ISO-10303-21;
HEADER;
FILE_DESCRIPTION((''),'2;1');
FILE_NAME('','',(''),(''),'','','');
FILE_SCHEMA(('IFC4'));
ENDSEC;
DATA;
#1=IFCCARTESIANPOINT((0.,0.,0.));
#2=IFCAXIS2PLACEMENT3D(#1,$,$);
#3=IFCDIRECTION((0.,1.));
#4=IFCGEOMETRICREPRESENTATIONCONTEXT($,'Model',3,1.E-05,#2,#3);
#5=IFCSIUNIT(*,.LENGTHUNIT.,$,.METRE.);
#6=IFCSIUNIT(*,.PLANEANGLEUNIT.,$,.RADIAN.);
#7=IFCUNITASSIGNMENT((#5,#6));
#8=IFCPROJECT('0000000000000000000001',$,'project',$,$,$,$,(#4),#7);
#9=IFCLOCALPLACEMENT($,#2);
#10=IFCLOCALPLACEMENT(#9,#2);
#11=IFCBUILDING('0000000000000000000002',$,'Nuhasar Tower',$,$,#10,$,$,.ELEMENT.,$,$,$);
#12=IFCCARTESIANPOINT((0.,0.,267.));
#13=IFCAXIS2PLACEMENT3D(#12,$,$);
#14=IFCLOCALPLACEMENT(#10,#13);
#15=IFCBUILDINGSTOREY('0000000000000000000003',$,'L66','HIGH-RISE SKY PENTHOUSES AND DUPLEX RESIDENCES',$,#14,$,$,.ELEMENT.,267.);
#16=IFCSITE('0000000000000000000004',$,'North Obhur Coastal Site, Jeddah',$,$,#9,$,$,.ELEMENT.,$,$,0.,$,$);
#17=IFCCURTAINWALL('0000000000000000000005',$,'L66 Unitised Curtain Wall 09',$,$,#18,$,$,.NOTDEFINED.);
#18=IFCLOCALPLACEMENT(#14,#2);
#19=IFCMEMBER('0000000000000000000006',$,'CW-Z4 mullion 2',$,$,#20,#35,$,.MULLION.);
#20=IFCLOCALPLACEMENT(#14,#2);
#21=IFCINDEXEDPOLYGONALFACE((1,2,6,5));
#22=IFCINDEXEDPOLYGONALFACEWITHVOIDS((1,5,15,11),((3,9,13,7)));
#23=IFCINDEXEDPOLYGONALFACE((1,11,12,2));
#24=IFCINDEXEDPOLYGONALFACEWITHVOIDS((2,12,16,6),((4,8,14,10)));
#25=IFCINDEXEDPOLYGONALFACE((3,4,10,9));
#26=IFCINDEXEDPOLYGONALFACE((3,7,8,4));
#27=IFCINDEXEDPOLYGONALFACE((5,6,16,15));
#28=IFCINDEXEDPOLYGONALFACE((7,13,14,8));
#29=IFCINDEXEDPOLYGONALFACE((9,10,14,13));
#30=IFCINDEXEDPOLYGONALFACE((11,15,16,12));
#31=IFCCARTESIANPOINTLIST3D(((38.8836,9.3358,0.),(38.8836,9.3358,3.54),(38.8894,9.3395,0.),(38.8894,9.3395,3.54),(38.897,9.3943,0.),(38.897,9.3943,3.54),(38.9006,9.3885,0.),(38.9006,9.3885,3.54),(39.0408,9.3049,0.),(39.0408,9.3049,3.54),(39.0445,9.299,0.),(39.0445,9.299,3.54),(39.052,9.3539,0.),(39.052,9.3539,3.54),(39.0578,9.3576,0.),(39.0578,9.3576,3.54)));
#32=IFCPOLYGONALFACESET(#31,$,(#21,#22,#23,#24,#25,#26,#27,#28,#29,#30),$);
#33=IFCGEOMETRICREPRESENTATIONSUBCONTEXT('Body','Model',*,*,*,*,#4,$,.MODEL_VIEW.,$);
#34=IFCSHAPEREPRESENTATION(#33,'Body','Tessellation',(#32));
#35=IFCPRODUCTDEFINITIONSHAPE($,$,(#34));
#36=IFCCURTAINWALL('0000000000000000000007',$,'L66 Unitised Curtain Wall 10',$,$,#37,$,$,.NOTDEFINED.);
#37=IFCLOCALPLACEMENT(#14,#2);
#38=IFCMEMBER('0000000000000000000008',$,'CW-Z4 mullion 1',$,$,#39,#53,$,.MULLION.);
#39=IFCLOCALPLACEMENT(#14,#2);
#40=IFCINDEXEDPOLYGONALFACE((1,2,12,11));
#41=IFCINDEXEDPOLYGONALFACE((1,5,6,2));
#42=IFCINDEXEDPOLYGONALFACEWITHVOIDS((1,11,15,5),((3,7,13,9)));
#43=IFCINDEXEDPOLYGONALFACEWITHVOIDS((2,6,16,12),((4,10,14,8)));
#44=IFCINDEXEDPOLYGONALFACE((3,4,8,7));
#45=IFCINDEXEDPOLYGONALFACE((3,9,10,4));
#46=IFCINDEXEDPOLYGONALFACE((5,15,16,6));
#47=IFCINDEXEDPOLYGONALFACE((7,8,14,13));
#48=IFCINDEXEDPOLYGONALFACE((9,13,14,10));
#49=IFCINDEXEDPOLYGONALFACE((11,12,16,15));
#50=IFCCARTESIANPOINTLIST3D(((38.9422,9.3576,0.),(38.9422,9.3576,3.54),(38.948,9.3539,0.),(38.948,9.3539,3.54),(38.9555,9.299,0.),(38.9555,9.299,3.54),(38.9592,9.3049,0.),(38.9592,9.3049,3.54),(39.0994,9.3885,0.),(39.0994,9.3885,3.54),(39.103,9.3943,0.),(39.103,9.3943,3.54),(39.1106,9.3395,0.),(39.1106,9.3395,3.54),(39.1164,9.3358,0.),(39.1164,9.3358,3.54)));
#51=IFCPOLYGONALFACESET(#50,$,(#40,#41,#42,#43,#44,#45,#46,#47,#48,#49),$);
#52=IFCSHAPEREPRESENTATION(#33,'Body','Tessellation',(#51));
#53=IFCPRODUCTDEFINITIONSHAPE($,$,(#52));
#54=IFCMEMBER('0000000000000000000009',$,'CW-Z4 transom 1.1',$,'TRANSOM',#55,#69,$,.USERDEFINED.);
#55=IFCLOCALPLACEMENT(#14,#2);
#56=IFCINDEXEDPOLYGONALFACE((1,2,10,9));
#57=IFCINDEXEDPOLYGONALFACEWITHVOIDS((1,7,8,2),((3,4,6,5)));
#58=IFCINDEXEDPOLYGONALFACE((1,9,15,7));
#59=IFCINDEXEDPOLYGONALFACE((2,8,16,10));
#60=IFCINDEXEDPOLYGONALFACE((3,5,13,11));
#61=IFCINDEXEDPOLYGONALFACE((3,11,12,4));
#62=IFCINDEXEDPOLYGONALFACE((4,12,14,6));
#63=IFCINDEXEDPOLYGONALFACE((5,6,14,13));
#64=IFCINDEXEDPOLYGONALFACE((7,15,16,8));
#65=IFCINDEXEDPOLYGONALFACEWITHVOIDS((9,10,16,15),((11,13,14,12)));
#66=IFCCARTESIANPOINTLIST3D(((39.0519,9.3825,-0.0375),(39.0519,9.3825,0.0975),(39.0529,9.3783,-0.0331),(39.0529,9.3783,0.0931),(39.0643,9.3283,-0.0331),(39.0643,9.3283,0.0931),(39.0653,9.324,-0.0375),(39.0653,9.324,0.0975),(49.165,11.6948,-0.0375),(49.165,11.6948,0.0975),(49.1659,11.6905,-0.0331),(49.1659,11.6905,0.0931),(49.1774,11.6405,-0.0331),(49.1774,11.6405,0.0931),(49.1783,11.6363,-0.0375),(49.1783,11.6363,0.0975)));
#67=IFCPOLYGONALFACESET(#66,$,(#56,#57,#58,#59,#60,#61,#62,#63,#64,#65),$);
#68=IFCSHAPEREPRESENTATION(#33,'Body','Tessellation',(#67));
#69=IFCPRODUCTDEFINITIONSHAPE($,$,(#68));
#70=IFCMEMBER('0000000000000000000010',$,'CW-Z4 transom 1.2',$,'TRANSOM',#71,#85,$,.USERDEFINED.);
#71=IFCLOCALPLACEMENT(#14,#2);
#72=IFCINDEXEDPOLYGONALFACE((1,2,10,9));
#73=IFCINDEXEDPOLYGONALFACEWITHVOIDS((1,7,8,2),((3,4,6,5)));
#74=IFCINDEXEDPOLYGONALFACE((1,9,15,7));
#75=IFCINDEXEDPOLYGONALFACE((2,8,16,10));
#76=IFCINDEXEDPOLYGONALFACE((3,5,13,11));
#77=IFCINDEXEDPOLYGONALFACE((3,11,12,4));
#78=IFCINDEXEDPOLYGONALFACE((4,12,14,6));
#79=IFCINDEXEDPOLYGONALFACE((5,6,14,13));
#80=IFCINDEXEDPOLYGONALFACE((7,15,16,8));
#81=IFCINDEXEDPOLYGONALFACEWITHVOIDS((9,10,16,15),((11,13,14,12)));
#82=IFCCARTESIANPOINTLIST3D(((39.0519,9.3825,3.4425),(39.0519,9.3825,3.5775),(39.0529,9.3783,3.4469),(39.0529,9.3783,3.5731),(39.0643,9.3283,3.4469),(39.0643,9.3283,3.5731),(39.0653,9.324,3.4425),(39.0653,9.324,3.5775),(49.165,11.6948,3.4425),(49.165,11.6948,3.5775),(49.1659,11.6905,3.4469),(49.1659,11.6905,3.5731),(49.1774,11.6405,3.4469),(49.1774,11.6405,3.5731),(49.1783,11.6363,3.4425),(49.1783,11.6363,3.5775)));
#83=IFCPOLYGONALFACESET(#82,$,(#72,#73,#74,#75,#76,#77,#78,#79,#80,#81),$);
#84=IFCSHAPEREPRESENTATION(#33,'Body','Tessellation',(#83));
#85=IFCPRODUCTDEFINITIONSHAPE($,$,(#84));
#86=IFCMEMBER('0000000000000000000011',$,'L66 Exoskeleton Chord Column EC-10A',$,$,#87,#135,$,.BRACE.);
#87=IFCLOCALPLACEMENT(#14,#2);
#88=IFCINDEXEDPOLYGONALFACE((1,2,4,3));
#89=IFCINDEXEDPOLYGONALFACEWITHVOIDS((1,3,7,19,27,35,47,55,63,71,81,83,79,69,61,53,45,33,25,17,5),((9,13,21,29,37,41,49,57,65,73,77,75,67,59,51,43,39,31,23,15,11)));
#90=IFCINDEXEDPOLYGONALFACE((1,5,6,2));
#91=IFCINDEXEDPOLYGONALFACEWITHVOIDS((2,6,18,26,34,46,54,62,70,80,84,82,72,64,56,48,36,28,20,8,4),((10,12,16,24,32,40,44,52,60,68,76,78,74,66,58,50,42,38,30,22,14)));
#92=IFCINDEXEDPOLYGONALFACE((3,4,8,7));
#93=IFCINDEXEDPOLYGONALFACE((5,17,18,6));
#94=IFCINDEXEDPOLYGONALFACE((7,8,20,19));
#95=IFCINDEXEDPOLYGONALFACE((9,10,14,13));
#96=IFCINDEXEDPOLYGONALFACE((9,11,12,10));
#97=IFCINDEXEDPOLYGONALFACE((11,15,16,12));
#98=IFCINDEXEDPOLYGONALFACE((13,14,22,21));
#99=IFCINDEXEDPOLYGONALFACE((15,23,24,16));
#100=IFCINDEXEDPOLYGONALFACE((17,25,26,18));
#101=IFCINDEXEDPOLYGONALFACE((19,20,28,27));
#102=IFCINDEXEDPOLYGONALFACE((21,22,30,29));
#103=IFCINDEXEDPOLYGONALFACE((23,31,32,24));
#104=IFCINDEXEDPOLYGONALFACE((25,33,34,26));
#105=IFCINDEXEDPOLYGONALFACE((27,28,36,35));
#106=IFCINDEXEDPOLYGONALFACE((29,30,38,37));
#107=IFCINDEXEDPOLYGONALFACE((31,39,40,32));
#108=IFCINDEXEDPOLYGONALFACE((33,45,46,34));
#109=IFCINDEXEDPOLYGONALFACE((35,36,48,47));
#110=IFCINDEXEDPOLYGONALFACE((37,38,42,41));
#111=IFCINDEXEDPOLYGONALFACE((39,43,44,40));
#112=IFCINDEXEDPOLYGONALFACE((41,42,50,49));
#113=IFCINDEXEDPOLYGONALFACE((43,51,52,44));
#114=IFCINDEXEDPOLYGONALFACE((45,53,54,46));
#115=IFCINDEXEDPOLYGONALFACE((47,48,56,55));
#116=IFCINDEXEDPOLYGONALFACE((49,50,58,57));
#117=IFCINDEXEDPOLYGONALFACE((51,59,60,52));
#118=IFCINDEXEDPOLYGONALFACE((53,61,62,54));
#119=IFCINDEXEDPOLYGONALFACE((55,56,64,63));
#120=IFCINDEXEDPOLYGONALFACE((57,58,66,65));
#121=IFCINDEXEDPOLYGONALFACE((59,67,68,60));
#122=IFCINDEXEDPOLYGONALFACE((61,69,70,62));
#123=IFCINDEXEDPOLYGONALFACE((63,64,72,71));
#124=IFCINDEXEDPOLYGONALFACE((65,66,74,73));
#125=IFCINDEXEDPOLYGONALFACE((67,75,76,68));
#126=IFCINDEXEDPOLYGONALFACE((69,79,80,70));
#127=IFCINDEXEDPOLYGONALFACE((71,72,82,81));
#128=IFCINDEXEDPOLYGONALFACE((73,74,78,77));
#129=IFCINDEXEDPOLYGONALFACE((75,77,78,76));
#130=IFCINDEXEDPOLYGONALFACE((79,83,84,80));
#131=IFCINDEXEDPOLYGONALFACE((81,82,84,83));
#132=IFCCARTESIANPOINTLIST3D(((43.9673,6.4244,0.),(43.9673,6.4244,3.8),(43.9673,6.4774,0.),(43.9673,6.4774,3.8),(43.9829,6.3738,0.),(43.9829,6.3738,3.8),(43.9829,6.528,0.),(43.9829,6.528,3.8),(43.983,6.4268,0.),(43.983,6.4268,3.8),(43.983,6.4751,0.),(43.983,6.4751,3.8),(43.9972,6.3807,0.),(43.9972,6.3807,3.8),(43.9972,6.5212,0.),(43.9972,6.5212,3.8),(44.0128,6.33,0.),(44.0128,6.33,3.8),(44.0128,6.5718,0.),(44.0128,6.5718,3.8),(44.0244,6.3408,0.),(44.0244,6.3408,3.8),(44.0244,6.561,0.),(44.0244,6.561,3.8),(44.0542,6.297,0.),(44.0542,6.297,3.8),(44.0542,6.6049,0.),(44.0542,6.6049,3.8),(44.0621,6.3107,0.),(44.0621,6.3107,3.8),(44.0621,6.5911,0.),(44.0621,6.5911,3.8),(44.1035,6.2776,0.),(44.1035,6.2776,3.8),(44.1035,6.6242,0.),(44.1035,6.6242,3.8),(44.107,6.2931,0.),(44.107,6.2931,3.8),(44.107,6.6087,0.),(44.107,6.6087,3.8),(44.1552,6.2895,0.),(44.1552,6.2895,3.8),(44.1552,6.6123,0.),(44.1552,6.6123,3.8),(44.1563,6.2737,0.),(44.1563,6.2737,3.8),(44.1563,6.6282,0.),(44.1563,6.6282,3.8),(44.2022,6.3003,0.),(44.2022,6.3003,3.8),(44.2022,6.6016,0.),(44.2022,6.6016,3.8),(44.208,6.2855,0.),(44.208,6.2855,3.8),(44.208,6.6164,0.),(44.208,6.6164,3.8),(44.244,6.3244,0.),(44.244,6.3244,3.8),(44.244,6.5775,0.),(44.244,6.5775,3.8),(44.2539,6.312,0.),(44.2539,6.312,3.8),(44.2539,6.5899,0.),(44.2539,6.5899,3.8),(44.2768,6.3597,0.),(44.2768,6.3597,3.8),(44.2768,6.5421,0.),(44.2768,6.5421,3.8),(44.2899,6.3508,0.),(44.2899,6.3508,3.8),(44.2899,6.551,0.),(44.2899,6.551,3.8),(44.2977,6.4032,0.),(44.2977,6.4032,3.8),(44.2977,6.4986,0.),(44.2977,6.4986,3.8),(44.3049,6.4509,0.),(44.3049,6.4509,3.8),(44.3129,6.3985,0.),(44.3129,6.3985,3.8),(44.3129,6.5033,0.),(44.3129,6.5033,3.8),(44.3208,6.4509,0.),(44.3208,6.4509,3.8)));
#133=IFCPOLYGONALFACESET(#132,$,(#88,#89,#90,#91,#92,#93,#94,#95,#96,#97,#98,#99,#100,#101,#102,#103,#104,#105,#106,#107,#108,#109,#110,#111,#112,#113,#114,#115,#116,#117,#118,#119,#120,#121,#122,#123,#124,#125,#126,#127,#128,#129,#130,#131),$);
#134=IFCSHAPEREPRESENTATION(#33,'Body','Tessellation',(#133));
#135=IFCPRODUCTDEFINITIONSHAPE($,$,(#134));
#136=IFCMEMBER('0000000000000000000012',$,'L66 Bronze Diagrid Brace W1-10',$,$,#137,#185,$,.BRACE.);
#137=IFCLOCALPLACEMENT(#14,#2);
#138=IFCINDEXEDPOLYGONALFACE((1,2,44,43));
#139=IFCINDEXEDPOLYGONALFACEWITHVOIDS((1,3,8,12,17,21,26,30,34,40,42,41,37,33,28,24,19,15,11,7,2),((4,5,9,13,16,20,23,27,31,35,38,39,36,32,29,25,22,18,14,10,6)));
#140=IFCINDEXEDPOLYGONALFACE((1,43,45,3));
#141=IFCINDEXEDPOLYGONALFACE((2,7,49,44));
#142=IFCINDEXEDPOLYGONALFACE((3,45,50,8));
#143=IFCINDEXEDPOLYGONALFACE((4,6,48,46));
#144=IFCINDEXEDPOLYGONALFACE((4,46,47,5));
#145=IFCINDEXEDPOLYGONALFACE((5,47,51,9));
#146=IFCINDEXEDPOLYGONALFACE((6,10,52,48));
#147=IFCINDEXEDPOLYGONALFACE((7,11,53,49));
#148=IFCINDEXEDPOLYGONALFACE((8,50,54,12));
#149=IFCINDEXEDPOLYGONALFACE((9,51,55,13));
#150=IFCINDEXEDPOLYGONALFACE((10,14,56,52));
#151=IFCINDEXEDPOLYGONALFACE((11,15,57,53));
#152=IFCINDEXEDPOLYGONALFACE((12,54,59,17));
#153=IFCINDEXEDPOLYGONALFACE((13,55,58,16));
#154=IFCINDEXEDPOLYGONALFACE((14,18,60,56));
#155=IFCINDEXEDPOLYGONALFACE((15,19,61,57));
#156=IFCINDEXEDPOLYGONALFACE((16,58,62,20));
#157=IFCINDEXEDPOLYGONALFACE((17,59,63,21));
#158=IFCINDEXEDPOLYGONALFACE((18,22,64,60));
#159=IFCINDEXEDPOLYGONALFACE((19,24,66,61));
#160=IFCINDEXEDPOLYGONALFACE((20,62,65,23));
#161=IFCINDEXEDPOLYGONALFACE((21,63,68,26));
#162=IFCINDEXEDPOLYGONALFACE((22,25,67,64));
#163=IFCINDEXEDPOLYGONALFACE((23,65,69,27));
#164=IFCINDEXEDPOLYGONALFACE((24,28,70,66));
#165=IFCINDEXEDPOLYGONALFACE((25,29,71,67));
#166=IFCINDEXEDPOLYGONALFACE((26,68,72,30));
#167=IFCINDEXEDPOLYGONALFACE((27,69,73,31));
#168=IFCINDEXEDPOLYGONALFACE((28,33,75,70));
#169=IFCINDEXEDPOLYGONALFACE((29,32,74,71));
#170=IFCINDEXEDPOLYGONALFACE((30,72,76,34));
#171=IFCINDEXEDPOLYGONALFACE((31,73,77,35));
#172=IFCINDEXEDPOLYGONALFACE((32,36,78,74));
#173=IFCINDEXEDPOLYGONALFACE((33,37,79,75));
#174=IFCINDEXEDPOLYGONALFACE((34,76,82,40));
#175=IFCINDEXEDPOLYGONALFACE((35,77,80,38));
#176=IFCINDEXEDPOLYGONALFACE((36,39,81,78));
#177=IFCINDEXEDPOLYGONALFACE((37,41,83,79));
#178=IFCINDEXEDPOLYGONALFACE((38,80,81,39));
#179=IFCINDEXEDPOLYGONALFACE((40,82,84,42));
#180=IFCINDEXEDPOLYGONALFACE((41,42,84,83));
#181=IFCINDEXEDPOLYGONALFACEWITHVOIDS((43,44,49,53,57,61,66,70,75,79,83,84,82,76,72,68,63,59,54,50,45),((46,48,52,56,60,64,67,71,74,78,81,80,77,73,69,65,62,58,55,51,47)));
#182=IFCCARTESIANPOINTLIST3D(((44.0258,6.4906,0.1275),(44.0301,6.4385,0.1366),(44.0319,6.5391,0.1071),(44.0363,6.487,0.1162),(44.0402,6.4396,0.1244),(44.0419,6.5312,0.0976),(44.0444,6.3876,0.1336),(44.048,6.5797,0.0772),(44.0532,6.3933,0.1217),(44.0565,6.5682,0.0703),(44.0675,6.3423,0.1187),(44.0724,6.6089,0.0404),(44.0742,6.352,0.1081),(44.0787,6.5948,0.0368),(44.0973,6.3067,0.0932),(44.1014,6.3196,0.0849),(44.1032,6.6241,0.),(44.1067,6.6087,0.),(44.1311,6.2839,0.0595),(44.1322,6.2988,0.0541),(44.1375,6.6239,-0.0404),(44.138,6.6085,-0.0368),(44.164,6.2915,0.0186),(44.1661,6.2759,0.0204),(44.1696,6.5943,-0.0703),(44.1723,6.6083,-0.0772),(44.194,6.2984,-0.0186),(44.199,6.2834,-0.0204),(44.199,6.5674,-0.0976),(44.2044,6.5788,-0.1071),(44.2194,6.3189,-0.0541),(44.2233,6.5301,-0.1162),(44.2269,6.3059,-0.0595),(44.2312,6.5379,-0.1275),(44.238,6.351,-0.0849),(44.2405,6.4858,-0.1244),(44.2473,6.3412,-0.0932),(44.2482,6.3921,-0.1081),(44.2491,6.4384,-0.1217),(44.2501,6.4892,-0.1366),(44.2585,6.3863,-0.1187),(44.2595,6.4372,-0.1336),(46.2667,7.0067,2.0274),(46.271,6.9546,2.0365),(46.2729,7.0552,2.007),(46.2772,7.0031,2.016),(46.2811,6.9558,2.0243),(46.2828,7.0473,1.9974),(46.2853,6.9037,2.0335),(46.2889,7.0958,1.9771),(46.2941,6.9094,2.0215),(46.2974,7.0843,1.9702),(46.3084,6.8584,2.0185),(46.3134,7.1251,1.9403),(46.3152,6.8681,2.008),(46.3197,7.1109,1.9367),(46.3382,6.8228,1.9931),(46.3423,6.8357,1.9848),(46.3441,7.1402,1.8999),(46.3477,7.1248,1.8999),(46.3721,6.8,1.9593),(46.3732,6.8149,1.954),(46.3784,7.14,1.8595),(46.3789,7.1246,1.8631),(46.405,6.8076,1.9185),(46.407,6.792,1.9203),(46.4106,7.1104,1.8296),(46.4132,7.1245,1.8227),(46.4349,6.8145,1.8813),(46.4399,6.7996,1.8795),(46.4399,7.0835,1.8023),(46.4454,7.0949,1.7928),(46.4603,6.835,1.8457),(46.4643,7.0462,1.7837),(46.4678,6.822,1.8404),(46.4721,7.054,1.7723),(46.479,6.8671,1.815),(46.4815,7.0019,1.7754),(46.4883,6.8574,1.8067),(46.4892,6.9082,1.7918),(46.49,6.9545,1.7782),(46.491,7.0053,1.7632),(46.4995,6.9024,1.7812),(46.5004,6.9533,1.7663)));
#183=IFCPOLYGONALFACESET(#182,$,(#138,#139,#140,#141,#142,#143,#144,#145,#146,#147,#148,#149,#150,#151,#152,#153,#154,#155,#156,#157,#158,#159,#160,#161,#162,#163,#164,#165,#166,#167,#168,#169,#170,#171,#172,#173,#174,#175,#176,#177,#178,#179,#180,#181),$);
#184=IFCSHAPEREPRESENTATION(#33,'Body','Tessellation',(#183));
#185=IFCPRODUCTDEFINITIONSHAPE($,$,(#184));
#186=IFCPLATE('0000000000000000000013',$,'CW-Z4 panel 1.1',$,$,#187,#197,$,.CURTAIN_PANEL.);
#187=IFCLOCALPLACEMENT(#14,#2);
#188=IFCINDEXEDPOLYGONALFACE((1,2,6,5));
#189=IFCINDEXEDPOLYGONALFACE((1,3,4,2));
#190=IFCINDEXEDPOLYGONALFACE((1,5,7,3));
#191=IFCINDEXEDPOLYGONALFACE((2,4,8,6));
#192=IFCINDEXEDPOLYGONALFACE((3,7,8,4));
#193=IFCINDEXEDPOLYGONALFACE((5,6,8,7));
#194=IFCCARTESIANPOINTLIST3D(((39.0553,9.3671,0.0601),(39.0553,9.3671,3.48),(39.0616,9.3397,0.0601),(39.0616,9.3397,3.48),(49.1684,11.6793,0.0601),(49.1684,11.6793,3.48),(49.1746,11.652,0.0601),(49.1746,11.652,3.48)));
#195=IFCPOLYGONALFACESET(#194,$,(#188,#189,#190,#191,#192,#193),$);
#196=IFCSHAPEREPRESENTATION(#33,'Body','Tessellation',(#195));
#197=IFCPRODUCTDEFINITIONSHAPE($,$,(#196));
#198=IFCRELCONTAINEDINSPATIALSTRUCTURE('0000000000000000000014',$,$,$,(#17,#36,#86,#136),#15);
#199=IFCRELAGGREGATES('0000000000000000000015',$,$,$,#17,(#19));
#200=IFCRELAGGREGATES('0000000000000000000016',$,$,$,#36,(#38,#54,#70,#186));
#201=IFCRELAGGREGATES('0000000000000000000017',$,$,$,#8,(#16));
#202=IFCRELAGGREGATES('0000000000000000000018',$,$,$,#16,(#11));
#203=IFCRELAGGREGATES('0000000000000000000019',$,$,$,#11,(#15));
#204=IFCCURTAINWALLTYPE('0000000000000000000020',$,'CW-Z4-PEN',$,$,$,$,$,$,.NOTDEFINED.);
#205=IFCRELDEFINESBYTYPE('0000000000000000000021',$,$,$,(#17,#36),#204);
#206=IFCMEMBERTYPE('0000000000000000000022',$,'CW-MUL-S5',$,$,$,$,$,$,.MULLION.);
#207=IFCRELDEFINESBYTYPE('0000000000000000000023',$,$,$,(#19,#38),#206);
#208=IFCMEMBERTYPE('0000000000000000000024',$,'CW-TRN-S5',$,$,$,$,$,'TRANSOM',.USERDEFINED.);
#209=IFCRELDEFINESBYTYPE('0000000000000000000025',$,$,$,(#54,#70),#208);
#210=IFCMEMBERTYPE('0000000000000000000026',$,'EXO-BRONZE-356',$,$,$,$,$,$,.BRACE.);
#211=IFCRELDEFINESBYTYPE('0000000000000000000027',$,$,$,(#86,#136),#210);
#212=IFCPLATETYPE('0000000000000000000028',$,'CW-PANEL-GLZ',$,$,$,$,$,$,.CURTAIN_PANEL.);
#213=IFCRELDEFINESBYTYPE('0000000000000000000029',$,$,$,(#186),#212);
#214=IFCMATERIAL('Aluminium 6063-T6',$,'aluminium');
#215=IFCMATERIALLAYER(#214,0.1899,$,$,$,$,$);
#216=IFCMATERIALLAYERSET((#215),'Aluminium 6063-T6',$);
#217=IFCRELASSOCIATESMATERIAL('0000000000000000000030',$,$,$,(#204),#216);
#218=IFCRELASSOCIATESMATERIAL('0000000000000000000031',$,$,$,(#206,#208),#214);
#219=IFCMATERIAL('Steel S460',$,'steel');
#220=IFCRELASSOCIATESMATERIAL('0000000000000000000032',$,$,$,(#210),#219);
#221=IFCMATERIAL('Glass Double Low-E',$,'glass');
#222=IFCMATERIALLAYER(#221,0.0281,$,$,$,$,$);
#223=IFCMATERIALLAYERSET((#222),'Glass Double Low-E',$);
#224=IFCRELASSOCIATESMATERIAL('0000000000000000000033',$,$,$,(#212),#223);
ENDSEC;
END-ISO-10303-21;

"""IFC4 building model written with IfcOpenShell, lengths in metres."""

from ifc_helpers import new_model, si_unit, direction, frame, origin, origin_2d, place, context, subcontext, project, spatial, rectangle, hollow_rectangle, hollow_circle, extrude, material, layer, layer_set, material_profile, profile_set, type_object, element, aggregate, save


model = new_model("IFC4")

# Units and contexts
model_context = context("Model", 3, precision=1e-05, world=origin(), true_north=direction((0.0, 1.0)))
body_context = subcontext(model_context, "Body", "Model", "MODEL_VIEW")
ifc_project = project(units=[si_unit("LENGTHUNIT", "METRE"), si_unit("PLANEANGLEUNIT", "RADIAN")], contexts=[model_context])

# Site, building, storey
site_placement = place(None, origin())
site = spatial("IfcSite", under=ifc_project, at=site_placement, Name="North Obhur Coastal Site, Jeddah", CompositionType="ELEMENT", RefElevation=0.0)
building_placement = place(site_placement, origin())
building = spatial("IfcBuilding", under=site, at=building_placement, Name="Nuhasar Tower", CompositionType="ELEMENT")
storey_placement = place(building_placement, frame((0.0, 0.0, 267.0)))
storey = spatial("IfcBuildingStorey", under=building, at=storey_placement, Name="L66", Description="HIGH-RISE SKY PENTHOUSES AND DUPLEX RESIDENCES", CompositionType="ELEMENT", Elevation=267.0)

# Curtain wall, member
ifc_material_1 = material(Name="Aluminium 6063-T6", Category="aluminium")
ifc_layer_1 = layer(ifc_material_1, 0.1899)
ifc_layer_set_1 = layer_set([ifc_layer_1], Name="Aluminium 6063-T6")
curtain_wall_type = type_object("IfcCurtainWallType", Name="CW-Z4-PEN", PredefinedType="NOTDEFINED", material=ifc_layer_set_1)
curtain_wall_1_placement = place(storey_placement, origin())
curtain_wall_1 = element("IfcCurtainWall", 1, at=curtain_wall_1_placement, inside=storey, type_object=curtain_wall_type, Name="L66 Unitised Curtain Wall 09", PredefinedType="NOTDEFINED")
ifc_material_profile_1 = material_profile(ifc_material_1, hollow_rectangle(XDim=0.0601, YDim=0.165, WallThickness=0.0049, at=origin_2d()), Name="CWM-5")
ifc_profile_set_1 = profile_set([ifc_material_profile_1], Name="Aluminium 6063-T6")
member_type_1 = type_object("IfcMemberType", Name="CW-MUL-S5", PredefinedType="MULLION", material=ifc_profile_set_1)
member_1_placement = place(storey_placement, frame((38.9707, 9.3467, 0.0), z_axis=(0.0, 0.0, 1.0), x_axis=(0.222889, 0.974844, 0.0)))
member_1 = element("IfcMember", 2, at=member_1_placement, type_object=member_type_1, Name="CW-Z4 mullion 2", PredefinedType="MULLION", context=body_context, shape_type="SweptSolid", body=[
    extrude(hollow_rectangle(XDim=0.0601, YDim=0.165, WallThickness=0.0049, at=origin_2d()), origin(), (0.0, 0.0, 1.0), 3.54),
])
aggregate(curtain_wall_1, [member_1])

# Curtain wall, members
curtain_wall_2_placement = place(storey_placement, origin())
curtain_wall_2 = element("IfcCurtainWall", 3, at=curtain_wall_2_placement, inside=storey, type_object=curtain_wall_type, Name="L66 Unitised Curtain Wall 10", PredefinedType="NOTDEFINED")
member_2_placement = place(storey_placement, frame((39.0293, 9.3467, 0.0), z_axis=(0.0, 0.0, 1.0), x_axis=(-0.222889, 0.974844, 0.0)))
member_2 = element("IfcMember", 4, at=member_2_placement, type_object=member_type_1, Name="CW-Z4 mullion 1", PredefinedType="MULLION", context=body_context, shape_type="SweptSolid", body=[
    extrude(hollow_rectangle(XDim=0.0601, YDim=0.165, WallThickness=0.0049, at=origin_2d()), origin(), (0.0, 0.0, 1.0), 3.54),
])
ifc_material_profile_2 = material_profile(ifc_material_1, hollow_rectangle(XDim=0.0601, YDim=0.135, WallThickness=0.0044, at=origin_2d()), Name="CWT-5")
ifc_profile_set_2 = profile_set([ifc_material_profile_2], Name="Aluminium 6063-T6")
member_type_2 = type_object("IfcMemberType", Name="CW-TRN-S5", ElementType="TRANSOM", PredefinedType="USERDEFINED", material=ifc_profile_set_2)
member_3_placement = place(storey_placement, frame((39.0586, 9.3533, 0.03), z_axis=(0.974844, 0.222889, 0.0), x_axis=(-0.222889, 0.974844, 0.0)))
member_3 = element("IfcMember", 5, at=member_3_placement, type_object=member_type_2, Name="CW-Z4 transom 1.1", ObjectType="TRANSOM", PredefinedType="USERDEFINED", context=body_context, shape_type="SweptSolid", body=[
    extrude(hollow_rectangle(XDim=0.0601, YDim=0.135, WallThickness=0.0044, at=origin_2d()), origin(), (0.0, 0.0, 1.0), 10.374),
])
member_4_placement = place(storey_placement, frame((39.0586, 9.3533, 3.51), z_axis=(0.974844, 0.222889, 0.0), x_axis=(-0.222889, 0.974844, 0.0)))
member_4 = element("IfcMember", 6, at=member_4_placement, type_object=member_type_2, Name="CW-Z4 transom 1.2", ObjectType="TRANSOM", PredefinedType="USERDEFINED", context=body_context, shape_type="SweptSolid", body=[
    extrude(hollow_rectangle(XDim=0.0601, YDim=0.135, WallThickness=0.0044, at=origin_2d()), origin(), (0.0, 0.0, 1.0), 10.374),
])

# Members
ifc_material_2 = material(Name="Steel S460", Category="steel")
ifc_material_profile_3 = material_profile(ifc_material_2, hollow_circle(Radius=0.1777, WallThickness=0.0159, at=origin_2d()), Name="HSS355.6X15.9")
ifc_profile_set_3 = profile_set([ifc_material_profile_3], Name="Steel S460")
member_type_3 = type_object("IfcMemberType", Name="EXO-BRONZE-356", PredefinedType="BRACE", material=ifc_profile_set_3)
member_5_placement = place(storey_placement, frame((44.1431, 6.4509, 0.0), z_axis=(0.0, 0.0, 1.0), x_axis=(1.0, 0.0, 0.0)))
element("IfcMember", 7, at=member_5_placement, inside=storey, type_object=member_type_3, Name="L66 Exoskeleton Chord Column EC-10A", PredefinedType="BRACE", context=body_context, shape_type="SweptSolid", body=[
    extrude(hollow_circle(Radius=0.1777, WallThickness=0.0159, at=origin_2d()), origin(), (0.0, 0.0, 1.0), 3.8),
])
member_6_placement = place(storey_placement, frame((44.1431, 6.4509, 0.0), z_axis=(0.751261, 0.173022, 0.636923), x_axis=(-0.224433, 0.97449, 0.0)))
element("IfcMember", 8, at=member_6_placement, inside=storey, type_object=member_type_3, Name="L66 Bronze Diagrid Brace W1-10", PredefinedType="BRACE", context=body_context, shape_type="SweptSolid", body=[
    extrude(hollow_circle(Radius=0.1777, WallThickness=0.0159, at=origin_2d()), origin(), (0.0, 0.0, 1.0), 2.9829),
])

# Plate
ifc_material_3 = material(Name="Glass Double Low-E", Category="glass")
ifc_layer_2 = layer(ifc_material_3, 0.0281)
ifc_layer_set_2 = layer_set([ifc_layer_2], Name="Glass Double Low-E")
plate_type = type_object("IfcPlateType", Name="CW-PANEL-GLZ", PredefinedType="CURTAIN_PANEL", material=ifc_layer_set_2)
plate_placement = place(storey_placement, frame((44.115, 10.5095, 0.0601), z_axis=(0.0, 0.0, 1.0), x_axis=(0.974844, 0.222889, 0.0)))
plate = element("IfcPlate", 9, at=plate_placement, type_object=plate_type, Name="CW-Z4 panel 1.1", PredefinedType="CURTAIN_PANEL", context=body_context, shape_type="SweptSolid", body=[
    extrude(rectangle(XDim=10.374, YDim=0.0281, at=origin_2d()), origin(), (0.0, 0.0, 1.0), 3.4199),
])
aggregate(curtain_wall_2, [member_2, member_3, member_4, plate])

save(model, "model.ifc")
